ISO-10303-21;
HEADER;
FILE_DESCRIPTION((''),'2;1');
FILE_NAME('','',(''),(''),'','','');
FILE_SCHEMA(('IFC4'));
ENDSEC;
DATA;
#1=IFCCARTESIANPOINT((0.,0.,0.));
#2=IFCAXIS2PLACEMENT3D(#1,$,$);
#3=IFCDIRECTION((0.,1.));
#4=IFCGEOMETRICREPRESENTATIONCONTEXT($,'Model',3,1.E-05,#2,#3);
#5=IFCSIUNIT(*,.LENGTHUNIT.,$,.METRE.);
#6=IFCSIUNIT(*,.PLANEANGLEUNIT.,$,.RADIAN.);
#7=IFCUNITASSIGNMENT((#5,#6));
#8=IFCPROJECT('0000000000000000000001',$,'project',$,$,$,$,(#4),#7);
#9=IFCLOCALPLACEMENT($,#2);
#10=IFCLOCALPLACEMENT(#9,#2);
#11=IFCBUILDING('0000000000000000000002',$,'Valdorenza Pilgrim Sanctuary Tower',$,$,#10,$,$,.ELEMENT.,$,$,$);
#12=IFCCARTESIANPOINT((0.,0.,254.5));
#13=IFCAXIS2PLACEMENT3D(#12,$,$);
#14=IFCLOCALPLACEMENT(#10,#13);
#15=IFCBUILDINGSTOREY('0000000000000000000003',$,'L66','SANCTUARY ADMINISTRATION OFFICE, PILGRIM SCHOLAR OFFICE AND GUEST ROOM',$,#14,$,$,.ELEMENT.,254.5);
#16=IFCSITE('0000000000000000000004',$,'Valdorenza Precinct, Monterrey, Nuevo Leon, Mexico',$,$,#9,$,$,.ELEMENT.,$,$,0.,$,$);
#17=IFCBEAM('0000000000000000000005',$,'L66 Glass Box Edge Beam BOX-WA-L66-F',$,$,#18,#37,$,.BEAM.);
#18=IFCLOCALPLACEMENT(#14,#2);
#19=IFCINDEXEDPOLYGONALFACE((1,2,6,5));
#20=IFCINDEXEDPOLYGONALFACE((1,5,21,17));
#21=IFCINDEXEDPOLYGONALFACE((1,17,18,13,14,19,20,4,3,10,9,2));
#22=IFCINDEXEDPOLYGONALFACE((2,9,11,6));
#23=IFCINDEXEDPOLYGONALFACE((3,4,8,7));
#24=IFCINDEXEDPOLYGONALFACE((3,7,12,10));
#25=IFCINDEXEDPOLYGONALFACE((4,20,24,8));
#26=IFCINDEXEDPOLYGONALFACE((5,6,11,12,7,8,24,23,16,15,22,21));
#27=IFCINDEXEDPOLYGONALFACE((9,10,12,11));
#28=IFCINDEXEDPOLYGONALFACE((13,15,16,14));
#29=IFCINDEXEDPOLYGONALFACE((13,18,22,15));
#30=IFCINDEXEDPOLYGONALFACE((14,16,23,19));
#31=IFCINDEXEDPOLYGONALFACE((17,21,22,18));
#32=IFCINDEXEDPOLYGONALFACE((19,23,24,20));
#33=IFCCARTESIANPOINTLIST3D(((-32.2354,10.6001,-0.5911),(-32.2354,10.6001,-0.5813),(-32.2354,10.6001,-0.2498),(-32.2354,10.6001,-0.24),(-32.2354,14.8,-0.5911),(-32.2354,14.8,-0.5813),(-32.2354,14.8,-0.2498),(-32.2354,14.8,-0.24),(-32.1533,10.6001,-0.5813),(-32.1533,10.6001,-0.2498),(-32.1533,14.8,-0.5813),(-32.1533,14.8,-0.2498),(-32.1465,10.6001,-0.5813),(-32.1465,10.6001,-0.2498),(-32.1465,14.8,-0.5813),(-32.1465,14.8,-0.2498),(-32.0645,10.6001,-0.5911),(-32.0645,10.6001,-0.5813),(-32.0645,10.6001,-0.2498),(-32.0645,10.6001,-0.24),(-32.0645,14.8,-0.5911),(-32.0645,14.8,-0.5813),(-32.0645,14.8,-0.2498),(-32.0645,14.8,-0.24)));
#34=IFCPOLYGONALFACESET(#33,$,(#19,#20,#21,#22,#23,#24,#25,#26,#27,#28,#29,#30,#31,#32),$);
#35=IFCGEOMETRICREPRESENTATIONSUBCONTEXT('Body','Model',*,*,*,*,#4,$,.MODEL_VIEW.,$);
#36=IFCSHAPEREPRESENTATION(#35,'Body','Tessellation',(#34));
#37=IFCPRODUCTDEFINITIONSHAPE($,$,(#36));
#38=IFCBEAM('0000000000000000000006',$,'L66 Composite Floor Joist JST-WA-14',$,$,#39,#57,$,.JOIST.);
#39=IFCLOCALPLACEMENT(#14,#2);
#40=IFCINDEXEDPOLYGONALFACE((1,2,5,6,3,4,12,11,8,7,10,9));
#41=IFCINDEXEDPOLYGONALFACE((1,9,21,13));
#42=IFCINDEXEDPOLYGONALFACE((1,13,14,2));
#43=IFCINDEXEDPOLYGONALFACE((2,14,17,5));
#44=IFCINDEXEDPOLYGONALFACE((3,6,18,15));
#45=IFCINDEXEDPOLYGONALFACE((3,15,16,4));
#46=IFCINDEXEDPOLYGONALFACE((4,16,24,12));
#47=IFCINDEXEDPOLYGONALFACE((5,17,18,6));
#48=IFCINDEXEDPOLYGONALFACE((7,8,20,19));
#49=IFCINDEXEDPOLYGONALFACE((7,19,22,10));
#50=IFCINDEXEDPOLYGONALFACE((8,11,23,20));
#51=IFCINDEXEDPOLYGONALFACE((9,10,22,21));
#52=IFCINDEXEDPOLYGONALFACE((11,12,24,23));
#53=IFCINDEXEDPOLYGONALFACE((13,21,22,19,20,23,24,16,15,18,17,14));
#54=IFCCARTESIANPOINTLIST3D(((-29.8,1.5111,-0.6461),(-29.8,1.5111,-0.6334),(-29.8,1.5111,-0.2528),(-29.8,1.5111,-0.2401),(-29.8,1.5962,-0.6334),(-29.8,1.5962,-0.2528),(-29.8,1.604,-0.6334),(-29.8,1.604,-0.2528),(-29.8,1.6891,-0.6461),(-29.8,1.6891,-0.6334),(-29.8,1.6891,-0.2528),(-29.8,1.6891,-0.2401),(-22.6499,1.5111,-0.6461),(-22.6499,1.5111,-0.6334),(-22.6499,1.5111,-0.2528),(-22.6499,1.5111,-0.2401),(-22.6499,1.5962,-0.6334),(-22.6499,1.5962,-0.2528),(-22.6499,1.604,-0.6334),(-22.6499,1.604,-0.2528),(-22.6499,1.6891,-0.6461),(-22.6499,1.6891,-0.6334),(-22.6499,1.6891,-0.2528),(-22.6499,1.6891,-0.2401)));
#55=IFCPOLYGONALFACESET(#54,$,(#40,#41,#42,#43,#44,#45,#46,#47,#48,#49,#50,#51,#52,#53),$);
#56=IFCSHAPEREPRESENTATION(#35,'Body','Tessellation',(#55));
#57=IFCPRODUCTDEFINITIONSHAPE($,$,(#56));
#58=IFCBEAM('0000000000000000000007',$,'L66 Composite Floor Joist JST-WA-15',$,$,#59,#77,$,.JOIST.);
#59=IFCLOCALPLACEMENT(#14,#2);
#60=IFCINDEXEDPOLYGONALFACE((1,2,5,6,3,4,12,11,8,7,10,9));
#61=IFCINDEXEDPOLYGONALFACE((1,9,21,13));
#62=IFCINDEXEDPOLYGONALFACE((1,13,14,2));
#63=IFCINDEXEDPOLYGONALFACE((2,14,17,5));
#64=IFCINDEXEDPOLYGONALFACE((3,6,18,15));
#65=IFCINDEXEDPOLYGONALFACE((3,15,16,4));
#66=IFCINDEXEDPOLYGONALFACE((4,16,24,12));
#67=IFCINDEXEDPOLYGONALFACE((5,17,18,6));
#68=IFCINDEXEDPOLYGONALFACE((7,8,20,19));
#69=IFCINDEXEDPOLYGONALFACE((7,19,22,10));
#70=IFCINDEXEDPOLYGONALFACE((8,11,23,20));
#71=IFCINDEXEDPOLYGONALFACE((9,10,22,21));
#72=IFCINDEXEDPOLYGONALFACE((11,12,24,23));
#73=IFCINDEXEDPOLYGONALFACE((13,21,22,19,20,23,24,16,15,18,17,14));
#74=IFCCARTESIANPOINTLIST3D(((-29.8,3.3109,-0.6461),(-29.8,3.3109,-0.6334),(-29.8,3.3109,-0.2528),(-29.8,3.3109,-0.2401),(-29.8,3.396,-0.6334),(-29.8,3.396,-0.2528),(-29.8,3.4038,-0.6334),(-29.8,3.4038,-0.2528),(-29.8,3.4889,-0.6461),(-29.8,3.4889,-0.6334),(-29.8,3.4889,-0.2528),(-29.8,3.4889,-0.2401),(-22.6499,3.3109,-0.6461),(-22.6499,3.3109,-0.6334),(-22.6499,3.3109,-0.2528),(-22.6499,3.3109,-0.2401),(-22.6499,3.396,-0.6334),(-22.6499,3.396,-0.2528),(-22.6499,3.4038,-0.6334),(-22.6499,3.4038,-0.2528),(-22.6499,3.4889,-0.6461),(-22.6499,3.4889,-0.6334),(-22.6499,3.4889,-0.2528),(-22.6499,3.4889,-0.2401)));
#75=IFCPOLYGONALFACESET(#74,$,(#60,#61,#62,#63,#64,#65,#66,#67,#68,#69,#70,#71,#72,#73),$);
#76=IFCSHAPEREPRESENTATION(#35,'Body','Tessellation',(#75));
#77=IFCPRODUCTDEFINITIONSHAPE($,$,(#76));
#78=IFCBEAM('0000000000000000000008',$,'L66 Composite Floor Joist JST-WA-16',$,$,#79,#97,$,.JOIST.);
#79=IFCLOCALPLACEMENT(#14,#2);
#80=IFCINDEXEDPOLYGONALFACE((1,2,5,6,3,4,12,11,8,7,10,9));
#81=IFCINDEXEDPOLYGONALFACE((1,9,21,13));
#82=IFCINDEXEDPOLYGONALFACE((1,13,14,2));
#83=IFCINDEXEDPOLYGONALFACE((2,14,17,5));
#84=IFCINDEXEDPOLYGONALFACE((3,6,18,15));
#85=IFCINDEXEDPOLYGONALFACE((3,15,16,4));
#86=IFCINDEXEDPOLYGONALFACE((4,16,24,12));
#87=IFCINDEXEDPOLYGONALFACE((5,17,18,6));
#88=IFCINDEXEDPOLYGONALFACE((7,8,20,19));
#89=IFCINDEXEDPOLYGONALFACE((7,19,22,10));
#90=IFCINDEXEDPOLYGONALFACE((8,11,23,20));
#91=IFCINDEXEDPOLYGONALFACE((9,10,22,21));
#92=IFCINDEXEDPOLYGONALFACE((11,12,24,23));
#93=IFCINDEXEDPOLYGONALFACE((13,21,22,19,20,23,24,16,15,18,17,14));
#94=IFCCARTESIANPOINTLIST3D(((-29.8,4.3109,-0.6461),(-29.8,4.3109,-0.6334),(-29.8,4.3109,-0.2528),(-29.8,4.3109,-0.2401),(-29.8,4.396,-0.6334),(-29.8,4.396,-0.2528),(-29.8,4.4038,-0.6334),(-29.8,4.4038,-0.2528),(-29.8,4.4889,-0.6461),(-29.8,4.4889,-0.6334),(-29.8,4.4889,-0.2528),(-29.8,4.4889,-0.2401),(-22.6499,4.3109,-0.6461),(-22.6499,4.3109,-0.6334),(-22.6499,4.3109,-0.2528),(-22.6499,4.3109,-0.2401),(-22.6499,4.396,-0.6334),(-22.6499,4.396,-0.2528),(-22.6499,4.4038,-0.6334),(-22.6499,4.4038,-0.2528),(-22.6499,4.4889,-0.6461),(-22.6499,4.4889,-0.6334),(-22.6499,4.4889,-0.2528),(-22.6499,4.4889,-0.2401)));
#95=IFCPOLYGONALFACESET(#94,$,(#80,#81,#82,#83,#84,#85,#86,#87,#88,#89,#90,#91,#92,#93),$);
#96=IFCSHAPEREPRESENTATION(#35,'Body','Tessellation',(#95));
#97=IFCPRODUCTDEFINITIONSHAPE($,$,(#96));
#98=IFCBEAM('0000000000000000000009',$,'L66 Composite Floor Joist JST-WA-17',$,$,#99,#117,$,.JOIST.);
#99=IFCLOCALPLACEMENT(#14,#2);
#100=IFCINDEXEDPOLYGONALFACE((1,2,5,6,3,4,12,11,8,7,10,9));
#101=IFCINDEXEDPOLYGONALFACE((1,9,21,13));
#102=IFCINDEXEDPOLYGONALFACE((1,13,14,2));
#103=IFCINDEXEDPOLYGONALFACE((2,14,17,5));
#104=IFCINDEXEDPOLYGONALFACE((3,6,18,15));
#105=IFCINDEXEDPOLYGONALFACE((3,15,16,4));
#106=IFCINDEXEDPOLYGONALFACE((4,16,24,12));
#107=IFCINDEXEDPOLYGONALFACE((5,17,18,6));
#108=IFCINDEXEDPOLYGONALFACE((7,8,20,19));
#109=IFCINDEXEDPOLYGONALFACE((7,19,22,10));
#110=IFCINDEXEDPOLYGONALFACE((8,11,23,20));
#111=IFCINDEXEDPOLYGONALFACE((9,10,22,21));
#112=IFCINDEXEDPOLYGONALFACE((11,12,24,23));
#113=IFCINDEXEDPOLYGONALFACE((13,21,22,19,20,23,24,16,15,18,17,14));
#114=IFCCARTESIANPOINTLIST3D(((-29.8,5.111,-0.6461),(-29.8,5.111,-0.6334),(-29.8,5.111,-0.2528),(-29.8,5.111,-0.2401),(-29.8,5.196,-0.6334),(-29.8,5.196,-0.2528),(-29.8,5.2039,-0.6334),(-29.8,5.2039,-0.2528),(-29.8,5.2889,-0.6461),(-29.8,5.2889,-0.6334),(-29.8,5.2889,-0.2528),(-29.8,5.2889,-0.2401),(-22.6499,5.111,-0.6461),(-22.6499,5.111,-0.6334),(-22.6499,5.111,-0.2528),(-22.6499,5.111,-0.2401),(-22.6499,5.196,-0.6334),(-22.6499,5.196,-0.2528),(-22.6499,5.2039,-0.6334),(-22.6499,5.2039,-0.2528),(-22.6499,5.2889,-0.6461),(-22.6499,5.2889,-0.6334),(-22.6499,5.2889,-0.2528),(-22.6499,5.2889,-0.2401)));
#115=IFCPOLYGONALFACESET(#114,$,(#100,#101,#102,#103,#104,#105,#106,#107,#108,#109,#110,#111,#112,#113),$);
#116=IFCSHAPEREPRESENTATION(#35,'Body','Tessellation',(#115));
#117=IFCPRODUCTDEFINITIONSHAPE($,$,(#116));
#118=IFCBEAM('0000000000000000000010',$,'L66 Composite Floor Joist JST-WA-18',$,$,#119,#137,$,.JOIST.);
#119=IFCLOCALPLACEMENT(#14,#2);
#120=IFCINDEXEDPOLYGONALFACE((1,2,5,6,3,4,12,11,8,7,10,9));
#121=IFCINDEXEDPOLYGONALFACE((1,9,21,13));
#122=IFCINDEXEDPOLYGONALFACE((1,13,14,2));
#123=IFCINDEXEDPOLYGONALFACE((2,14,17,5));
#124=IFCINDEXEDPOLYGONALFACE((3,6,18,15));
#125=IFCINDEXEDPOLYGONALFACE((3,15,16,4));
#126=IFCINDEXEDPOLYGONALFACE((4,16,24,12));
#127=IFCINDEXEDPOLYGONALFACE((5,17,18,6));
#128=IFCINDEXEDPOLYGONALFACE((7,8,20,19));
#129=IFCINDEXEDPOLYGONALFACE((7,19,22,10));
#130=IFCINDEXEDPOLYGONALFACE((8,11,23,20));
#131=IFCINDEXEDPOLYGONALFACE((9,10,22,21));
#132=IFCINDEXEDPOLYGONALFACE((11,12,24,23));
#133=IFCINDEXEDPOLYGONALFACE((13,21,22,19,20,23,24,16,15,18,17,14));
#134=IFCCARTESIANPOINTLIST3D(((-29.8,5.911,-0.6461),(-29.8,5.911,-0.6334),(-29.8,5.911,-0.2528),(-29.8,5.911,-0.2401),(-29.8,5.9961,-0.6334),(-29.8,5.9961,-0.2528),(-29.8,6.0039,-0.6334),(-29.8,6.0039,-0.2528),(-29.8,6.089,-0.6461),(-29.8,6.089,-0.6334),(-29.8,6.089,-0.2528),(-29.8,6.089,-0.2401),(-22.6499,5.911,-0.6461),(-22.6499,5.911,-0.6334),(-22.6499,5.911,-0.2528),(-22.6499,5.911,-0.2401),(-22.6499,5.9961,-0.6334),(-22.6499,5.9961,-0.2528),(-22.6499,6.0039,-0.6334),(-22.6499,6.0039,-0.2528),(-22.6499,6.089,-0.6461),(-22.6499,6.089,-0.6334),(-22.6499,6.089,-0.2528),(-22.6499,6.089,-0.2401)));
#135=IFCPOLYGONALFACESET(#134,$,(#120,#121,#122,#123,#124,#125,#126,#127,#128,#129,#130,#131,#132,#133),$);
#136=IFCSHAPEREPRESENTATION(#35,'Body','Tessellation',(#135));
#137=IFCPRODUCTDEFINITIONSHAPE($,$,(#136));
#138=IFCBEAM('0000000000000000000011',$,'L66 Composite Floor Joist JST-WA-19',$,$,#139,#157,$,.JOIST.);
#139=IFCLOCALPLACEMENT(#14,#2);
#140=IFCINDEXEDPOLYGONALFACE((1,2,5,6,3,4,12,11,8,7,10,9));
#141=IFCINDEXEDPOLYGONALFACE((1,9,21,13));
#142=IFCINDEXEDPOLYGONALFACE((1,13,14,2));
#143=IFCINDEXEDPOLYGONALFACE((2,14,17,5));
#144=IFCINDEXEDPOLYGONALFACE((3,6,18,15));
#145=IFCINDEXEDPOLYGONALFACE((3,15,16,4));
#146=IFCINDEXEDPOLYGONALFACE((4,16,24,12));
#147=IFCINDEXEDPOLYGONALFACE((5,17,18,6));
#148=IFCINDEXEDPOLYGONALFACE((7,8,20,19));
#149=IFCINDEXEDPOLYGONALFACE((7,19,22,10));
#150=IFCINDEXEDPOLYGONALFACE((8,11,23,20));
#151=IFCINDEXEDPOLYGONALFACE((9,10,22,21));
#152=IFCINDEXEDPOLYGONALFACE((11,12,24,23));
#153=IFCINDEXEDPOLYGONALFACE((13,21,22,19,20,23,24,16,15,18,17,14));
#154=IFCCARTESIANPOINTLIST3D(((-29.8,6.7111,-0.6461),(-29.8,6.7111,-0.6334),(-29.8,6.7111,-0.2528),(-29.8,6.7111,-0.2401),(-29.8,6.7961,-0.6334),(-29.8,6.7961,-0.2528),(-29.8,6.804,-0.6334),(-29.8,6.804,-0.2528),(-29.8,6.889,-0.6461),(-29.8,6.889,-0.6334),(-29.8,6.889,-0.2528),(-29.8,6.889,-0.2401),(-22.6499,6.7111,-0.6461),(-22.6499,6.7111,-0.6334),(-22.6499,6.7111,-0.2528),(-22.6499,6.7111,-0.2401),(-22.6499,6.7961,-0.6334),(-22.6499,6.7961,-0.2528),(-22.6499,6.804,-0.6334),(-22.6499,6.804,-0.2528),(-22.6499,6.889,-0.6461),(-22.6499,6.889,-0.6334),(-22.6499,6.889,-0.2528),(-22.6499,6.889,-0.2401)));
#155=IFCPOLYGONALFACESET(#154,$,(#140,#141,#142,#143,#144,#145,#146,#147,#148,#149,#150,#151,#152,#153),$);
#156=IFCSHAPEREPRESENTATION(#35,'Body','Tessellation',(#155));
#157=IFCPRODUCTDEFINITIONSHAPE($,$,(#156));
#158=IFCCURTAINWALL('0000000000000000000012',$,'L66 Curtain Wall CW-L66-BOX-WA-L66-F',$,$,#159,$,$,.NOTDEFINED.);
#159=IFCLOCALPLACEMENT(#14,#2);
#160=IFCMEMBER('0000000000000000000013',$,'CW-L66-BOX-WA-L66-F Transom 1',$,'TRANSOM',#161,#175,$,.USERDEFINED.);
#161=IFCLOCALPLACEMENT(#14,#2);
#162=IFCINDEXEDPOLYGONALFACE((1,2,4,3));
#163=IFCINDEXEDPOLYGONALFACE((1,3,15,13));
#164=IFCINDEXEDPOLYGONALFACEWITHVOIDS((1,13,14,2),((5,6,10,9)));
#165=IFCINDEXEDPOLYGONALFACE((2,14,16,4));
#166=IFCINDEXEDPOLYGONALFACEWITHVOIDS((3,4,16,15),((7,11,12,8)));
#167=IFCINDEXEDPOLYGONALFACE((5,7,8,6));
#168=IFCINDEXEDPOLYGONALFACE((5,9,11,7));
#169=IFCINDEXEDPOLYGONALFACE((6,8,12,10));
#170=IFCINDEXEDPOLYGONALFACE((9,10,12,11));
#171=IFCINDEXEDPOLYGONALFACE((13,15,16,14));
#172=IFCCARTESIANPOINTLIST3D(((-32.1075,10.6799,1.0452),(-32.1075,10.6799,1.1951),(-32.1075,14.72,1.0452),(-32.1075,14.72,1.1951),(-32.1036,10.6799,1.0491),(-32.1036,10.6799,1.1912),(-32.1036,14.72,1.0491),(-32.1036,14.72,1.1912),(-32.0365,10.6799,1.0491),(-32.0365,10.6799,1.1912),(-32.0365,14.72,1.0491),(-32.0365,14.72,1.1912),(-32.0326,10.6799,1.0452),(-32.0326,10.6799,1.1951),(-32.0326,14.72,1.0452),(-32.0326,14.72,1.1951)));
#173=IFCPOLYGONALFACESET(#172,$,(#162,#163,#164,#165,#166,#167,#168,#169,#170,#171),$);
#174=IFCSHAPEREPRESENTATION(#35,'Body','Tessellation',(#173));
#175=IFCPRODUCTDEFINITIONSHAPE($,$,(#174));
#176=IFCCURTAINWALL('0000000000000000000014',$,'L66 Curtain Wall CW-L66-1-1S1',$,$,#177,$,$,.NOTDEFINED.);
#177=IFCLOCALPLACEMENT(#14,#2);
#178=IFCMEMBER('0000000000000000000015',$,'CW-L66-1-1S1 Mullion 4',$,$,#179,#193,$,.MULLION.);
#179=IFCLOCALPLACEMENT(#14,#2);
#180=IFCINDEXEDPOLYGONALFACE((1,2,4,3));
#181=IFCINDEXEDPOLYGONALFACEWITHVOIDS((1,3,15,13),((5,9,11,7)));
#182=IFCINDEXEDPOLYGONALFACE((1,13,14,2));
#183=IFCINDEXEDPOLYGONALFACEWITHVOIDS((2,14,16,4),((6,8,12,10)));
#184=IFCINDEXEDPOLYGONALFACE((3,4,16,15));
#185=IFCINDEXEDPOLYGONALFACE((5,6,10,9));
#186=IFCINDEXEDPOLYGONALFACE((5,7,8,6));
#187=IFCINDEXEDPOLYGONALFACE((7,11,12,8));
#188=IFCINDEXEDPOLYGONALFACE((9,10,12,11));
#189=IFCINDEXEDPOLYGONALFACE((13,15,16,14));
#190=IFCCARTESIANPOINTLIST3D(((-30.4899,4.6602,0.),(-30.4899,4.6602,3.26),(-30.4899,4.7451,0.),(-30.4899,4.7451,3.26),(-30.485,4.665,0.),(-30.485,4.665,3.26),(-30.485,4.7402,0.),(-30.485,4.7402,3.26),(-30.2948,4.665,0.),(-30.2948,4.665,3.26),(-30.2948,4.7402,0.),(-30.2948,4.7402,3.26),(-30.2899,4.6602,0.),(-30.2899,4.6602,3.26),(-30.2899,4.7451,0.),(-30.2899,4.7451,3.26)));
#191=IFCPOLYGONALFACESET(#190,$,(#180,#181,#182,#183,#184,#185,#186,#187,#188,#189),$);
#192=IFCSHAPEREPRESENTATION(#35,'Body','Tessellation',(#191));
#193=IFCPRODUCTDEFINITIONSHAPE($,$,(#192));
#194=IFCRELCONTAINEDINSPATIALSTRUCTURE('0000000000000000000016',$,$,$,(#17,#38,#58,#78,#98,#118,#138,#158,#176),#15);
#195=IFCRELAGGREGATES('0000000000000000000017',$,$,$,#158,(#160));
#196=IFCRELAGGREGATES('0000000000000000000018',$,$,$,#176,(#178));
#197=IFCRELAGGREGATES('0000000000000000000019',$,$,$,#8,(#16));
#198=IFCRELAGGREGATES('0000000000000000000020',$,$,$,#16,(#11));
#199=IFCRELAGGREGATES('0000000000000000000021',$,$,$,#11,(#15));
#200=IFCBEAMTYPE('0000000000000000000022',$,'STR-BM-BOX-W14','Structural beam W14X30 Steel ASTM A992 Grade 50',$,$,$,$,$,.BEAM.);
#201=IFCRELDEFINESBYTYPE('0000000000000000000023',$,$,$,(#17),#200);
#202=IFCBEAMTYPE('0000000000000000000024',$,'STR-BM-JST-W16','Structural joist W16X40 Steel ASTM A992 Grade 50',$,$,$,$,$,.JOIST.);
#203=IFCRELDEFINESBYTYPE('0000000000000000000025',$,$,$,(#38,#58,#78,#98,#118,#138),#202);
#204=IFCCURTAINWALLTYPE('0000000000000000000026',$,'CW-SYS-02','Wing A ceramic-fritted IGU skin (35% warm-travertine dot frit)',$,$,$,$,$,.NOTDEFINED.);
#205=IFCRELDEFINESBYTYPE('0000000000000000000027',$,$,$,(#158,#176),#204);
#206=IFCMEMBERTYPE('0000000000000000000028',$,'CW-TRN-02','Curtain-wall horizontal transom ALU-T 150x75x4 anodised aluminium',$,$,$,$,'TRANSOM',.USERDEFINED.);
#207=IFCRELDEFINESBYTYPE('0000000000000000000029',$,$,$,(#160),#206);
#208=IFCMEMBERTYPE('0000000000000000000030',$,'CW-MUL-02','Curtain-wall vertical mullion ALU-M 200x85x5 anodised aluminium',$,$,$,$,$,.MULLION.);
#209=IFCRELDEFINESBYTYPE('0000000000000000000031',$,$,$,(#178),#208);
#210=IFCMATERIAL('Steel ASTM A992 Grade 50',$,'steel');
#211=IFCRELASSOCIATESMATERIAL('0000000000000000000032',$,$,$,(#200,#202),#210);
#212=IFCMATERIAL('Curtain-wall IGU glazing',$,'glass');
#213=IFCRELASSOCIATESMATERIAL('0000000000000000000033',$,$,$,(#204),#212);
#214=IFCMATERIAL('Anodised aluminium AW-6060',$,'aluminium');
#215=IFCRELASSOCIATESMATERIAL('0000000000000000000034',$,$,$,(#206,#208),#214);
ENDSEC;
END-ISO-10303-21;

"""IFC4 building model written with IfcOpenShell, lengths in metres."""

from ifc_helpers import new_model, si_unit, direction, frame, origin, origin_2d, place, context, subcontext, project, spatial, hollow_rectangle, i_section, extrude, source, transform, mapped, material, material_profile, profile_set, type_object, element, aggregate, save


model = new_model("IFC4")

# Units and contexts
model_context = context("Model", 3, precision=1e-05, world=origin(), true_north=direction((0.0, 1.0)))
body_context = subcontext(model_context, "Body", "Model", "MODEL_VIEW")
ifc_project = project(units=[si_unit("LENGTHUNIT", "METRE"), si_unit("PLANEANGLEUNIT", "RADIAN")], contexts=[model_context])

# Site, building, storey
site_placement = place(None, origin())
site = spatial("IfcSite", under=ifc_project, at=site_placement, Name="Valdorenza Precinct, Monterrey, Nuevo Leon, Mexico", CompositionType="ELEMENT", RefElevation=0.0)
building_placement = place(site_placement, origin())
building = spatial("IfcBuilding", under=site, at=building_placement, Name="Valdorenza Pilgrim Sanctuary Tower", CompositionType="ELEMENT")
storey_placement = place(building_placement, frame((0.0, 0.0, 254.5)))
storey = spatial("IfcBuildingStorey", under=building, at=storey_placement, Name="L66", Description="SANCTUARY ADMINISTRATION OFFICE, PILGRIM SCHOLAR OFFICE AND GUEST ROOM", CompositionType="ELEMENT", Elevation=254.5)

# Beams
ifc_material_1 = material(Name="Steel ASTM A992 Grade 50", Category="steel")
ifc_material_profile_1 = material_profile(ifc_material_1, i_section(OverallWidth=0.1709, OverallDepth=0.3511, WebThickness=0.0068, FlangeThickness=0.0098, at=origin_2d()), Name="W14X30")
ifc_profile_set_1 = profile_set([ifc_material_profile_1], Name="Steel ASTM A992 Grade 50")
beam_type_1 = type_object("IfcBeamType", Name="STR-BM-BOX-W14", Description="Structural beam W14X30 Steel ASTM A992 Grade 50", PredefinedType="BEAM", material=ifc_profile_set_1)
shared_shape_1 = source(origin(), body_context, "Body", "SweptSolid", [
    extrude(i_section(OverallWidth=0.1709, OverallDepth=0.3511, WebThickness=0.0068, FlangeThickness=0.0098, at=origin_2d()), origin(), (0.0, 0.0, 1.0), 4.2),
])
beam_placement = place(storey_placement, frame((-32.1499, 10.6001, -0.4155), z_axis=(0.0, 1.0, 0.0), x_axis=(-1.0, 0.0, 0.0)))
element("IfcBeam", 1, at=beam_placement, inside=storey, type_object=beam_type_1, Name="L66 Glass Box Edge Beam BOX-WA-L66-F", PredefinedType="BEAM", context=body_context, shape_type="MappedRepresentation", body=[
    mapped(shared_shape_1, transform((0.0, 0.0, 0.0), x_axis=(1.0, 0.0, 0.0), y_axis=(0.0, 1.0, 0.0), z_axis=(0.0, 0.0, 1.0), scale=1.0)),
])
ifc_material_profile_2 = material_profile(ifc_material_1, i_section(OverallWidth=0.178, OverallDepth=0.406, WebThickness=0.0078, FlangeThickness=0.0127, at=origin_2d()), Name="W16X40")
ifc_profile_set_2 = profile_set([ifc_material_profile_2], Name="Steel ASTM A992 Grade 50")
beam_type_2 = type_object("IfcBeamType", Name="STR-BM-JST-W16", Description="Structural joist W16X40 Steel ASTM A992 Grade 50", PredefinedType="JOIST", material=ifc_profile_set_2)
shared_shape_2 = source(origin(), body_context, "Body", "SweptSolid", [
    extrude(i_section(OverallWidth=0.178, OverallDepth=0.406, WebThickness=0.0078, FlangeThickness=0.0127, at=origin_2d()), origin(), (0.0, 0.0, 1.0), 7.1501),
])
for number, where, z_axis, x_axis, name in (
    (2, (-29.8, 1.6001, -0.4431), (1.0, 0.0, 0.0), (0.0, 1.0, 0.0), "L66 Composite Floor Joist JST-WA-14"),
    (3, (-29.8, 3.3999, -0.4431), (1.0, 0.0, 0.0), (0.0, 1.0, 0.0), "L66 Composite Floor Joist JST-WA-15"),
    (4, (-29.8, 4.3999, -0.4431), (1.0, 0.0, 0.0), (0.0, 1.0, 0.0), "L66 Composite Floor Joist JST-WA-16"),
    (5, (-29.8, 5.2, -0.4431), (1.0, 0.0, 0.0), (0.0, 1.0, 0.0), "L66 Composite Floor Joist JST-WA-17"),
    (6, (-29.8, 6.0, -0.4431), (1.0, 0.0, 0.0), (0.0, 1.0, 0.0), "L66 Composite Floor Joist JST-WA-18"),
    (7, (-29.8, 6.8, -0.4431), (1.0, 0.0, 0.0), (0.0, 1.0, 0.0), "L66 Composite Floor Joist JST-WA-19"),
):
    element("IfcBeam", number, at=place(storey_placement, frame(where, z_axis=z_axis, x_axis=x_axis)), inside=storey, type_object=beam_type_2, Name=name, PredefinedType="JOIST", context=body_context, shape_type="MappedRepresentation", body=[
        mapped(shared_shape_2, transform((0.0, 0.0, 0.0), x_axis=(1.0, 0.0, 0.0), y_axis=(0.0, 1.0, 0.0), z_axis=(0.0, 0.0, 1.0), scale=1.0)),
    ])

# Curtain wall, member
ifc_material_2 = material(Name="Curtain-wall IGU glazing", Category="glass")
curtain_wall_type = type_object("IfcCurtainWallType", Name="CW-SYS-02", Description="Wing A ceramic-fritted IGU skin (35% warm-travertine dot frit)", PredefinedType="NOTDEFINED", material=ifc_material_2)
curtain_wall_1_placement = place(storey_placement, origin())
curtain_wall_1 = element("IfcCurtainWall", 8, at=curtain_wall_1_placement, inside=storey, type_object=curtain_wall_type, Name="L66 Curtain Wall CW-L66-BOX-WA-L66-F", PredefinedType="NOTDEFINED")
ifc_material_3 = material(Name="Anodised aluminium AW-6060", Category="aluminium")
ifc_material_profile_3 = material_profile(ifc_material_3, hollow_rectangle(XDim=0.075, YDim=0.1499, WallThickness=0.0039, at=origin_2d()), Name="ALU-T 150x75x4")
ifc_profile_set_3 = profile_set([ifc_material_profile_3], Name="Anodised aluminium AW-6060")
member_type_1 = type_object("IfcMemberType", Name="CW-TRN-02", Description="Curtain-wall horizontal transom ALU-T 150x75x4 anodised aluminium", ElementType="TRANSOM", PredefinedType="USERDEFINED", material=ifc_profile_set_3)
shared_shape_3 = source(origin(), body_context, "Body", "SweptSolid", [
    extrude(hollow_rectangle(XDim=0.075, YDim=0.1499, WallThickness=0.0039, at=origin_2d()), origin(), (0.0, 0.0, 1.0), 4.04),
])
member_1_placement = place(storey_placement, frame((-32.0701, 10.6799, 1.1201), z_axis=(0.0, 1.0, 0.0), x_axis=(-1.0, 0.0, 0.0)))
member_1 = element("IfcMember", 9, at=member_1_placement, type_object=member_type_1, Name="CW-L66-BOX-WA-L66-F Transom 1", ObjectType="TRANSOM", PredefinedType="USERDEFINED", context=body_context, shape_type="MappedRepresentation", body=[
    mapped(shared_shape_3, transform((0.0, 0.0, 0.0), x_axis=(1.0, 0.0, 0.0), y_axis=(0.0, 1.0, 0.0), z_axis=(0.0, 0.0, 1.0), scale=1.0)),
])
aggregate(curtain_wall_1, [member_1])

# Curtain wall, member
curtain_wall_2_placement = place(storey_placement, origin())
curtain_wall_2 = element("IfcCurtainWall", 10, at=curtain_wall_2_placement, inside=storey, type_object=curtain_wall_type, Name="L66 Curtain Wall CW-L66-1-1S1", PredefinedType="NOTDEFINED")
ifc_material_profile_4 = material_profile(ifc_material_3, hollow_rectangle(XDim=0.085, YDim=0.2, WallThickness=0.0049, at=origin_2d()), Name="ALU-M 200x85x5")
ifc_profile_set_4 = profile_set([ifc_material_profile_4], Name="Anodised aluminium AW-6060")
member_type_2 = type_object("IfcMemberType", Name="CW-MUL-02", Description="Curtain-wall vertical mullion ALU-M 200x85x5 anodised aluminium", PredefinedType="MULLION", material=ifc_profile_set_4)
shared_shape_4 = source(origin(), body_context, "Body", "SweptSolid", [
    extrude(hollow_rectangle(XDim=0.085, YDim=0.2, WallThickness=0.0049, at=origin_2d()), origin(), (0.0, 0.0, 1.0), 3.26),
])
member_2_placement = place(storey_placement, frame((-30.3899, 4.7026, 0.0), z_axis=(0.0, 0.0, 1.0), x_axis=(0.0, 1.0, 0.0)))
member_2 = element("IfcMember", 11, at=member_2_placement, type_object=member_type_2, Name="CW-L66-1-1S1 Mullion 4", PredefinedType="MULLION", context=body_context, shape_type="MappedRepresentation", body=[
    mapped(shared_shape_4, transform((0.0, 0.0, 0.0), x_axis=(1.0, 0.0, 0.0), y_axis=(0.0, 1.0, 0.0), z_axis=(0.0, 0.0, 1.0), scale=1.0)),
])

aggregate(curtain_wall_2, [member_2])

save(model, "model.ifc")
